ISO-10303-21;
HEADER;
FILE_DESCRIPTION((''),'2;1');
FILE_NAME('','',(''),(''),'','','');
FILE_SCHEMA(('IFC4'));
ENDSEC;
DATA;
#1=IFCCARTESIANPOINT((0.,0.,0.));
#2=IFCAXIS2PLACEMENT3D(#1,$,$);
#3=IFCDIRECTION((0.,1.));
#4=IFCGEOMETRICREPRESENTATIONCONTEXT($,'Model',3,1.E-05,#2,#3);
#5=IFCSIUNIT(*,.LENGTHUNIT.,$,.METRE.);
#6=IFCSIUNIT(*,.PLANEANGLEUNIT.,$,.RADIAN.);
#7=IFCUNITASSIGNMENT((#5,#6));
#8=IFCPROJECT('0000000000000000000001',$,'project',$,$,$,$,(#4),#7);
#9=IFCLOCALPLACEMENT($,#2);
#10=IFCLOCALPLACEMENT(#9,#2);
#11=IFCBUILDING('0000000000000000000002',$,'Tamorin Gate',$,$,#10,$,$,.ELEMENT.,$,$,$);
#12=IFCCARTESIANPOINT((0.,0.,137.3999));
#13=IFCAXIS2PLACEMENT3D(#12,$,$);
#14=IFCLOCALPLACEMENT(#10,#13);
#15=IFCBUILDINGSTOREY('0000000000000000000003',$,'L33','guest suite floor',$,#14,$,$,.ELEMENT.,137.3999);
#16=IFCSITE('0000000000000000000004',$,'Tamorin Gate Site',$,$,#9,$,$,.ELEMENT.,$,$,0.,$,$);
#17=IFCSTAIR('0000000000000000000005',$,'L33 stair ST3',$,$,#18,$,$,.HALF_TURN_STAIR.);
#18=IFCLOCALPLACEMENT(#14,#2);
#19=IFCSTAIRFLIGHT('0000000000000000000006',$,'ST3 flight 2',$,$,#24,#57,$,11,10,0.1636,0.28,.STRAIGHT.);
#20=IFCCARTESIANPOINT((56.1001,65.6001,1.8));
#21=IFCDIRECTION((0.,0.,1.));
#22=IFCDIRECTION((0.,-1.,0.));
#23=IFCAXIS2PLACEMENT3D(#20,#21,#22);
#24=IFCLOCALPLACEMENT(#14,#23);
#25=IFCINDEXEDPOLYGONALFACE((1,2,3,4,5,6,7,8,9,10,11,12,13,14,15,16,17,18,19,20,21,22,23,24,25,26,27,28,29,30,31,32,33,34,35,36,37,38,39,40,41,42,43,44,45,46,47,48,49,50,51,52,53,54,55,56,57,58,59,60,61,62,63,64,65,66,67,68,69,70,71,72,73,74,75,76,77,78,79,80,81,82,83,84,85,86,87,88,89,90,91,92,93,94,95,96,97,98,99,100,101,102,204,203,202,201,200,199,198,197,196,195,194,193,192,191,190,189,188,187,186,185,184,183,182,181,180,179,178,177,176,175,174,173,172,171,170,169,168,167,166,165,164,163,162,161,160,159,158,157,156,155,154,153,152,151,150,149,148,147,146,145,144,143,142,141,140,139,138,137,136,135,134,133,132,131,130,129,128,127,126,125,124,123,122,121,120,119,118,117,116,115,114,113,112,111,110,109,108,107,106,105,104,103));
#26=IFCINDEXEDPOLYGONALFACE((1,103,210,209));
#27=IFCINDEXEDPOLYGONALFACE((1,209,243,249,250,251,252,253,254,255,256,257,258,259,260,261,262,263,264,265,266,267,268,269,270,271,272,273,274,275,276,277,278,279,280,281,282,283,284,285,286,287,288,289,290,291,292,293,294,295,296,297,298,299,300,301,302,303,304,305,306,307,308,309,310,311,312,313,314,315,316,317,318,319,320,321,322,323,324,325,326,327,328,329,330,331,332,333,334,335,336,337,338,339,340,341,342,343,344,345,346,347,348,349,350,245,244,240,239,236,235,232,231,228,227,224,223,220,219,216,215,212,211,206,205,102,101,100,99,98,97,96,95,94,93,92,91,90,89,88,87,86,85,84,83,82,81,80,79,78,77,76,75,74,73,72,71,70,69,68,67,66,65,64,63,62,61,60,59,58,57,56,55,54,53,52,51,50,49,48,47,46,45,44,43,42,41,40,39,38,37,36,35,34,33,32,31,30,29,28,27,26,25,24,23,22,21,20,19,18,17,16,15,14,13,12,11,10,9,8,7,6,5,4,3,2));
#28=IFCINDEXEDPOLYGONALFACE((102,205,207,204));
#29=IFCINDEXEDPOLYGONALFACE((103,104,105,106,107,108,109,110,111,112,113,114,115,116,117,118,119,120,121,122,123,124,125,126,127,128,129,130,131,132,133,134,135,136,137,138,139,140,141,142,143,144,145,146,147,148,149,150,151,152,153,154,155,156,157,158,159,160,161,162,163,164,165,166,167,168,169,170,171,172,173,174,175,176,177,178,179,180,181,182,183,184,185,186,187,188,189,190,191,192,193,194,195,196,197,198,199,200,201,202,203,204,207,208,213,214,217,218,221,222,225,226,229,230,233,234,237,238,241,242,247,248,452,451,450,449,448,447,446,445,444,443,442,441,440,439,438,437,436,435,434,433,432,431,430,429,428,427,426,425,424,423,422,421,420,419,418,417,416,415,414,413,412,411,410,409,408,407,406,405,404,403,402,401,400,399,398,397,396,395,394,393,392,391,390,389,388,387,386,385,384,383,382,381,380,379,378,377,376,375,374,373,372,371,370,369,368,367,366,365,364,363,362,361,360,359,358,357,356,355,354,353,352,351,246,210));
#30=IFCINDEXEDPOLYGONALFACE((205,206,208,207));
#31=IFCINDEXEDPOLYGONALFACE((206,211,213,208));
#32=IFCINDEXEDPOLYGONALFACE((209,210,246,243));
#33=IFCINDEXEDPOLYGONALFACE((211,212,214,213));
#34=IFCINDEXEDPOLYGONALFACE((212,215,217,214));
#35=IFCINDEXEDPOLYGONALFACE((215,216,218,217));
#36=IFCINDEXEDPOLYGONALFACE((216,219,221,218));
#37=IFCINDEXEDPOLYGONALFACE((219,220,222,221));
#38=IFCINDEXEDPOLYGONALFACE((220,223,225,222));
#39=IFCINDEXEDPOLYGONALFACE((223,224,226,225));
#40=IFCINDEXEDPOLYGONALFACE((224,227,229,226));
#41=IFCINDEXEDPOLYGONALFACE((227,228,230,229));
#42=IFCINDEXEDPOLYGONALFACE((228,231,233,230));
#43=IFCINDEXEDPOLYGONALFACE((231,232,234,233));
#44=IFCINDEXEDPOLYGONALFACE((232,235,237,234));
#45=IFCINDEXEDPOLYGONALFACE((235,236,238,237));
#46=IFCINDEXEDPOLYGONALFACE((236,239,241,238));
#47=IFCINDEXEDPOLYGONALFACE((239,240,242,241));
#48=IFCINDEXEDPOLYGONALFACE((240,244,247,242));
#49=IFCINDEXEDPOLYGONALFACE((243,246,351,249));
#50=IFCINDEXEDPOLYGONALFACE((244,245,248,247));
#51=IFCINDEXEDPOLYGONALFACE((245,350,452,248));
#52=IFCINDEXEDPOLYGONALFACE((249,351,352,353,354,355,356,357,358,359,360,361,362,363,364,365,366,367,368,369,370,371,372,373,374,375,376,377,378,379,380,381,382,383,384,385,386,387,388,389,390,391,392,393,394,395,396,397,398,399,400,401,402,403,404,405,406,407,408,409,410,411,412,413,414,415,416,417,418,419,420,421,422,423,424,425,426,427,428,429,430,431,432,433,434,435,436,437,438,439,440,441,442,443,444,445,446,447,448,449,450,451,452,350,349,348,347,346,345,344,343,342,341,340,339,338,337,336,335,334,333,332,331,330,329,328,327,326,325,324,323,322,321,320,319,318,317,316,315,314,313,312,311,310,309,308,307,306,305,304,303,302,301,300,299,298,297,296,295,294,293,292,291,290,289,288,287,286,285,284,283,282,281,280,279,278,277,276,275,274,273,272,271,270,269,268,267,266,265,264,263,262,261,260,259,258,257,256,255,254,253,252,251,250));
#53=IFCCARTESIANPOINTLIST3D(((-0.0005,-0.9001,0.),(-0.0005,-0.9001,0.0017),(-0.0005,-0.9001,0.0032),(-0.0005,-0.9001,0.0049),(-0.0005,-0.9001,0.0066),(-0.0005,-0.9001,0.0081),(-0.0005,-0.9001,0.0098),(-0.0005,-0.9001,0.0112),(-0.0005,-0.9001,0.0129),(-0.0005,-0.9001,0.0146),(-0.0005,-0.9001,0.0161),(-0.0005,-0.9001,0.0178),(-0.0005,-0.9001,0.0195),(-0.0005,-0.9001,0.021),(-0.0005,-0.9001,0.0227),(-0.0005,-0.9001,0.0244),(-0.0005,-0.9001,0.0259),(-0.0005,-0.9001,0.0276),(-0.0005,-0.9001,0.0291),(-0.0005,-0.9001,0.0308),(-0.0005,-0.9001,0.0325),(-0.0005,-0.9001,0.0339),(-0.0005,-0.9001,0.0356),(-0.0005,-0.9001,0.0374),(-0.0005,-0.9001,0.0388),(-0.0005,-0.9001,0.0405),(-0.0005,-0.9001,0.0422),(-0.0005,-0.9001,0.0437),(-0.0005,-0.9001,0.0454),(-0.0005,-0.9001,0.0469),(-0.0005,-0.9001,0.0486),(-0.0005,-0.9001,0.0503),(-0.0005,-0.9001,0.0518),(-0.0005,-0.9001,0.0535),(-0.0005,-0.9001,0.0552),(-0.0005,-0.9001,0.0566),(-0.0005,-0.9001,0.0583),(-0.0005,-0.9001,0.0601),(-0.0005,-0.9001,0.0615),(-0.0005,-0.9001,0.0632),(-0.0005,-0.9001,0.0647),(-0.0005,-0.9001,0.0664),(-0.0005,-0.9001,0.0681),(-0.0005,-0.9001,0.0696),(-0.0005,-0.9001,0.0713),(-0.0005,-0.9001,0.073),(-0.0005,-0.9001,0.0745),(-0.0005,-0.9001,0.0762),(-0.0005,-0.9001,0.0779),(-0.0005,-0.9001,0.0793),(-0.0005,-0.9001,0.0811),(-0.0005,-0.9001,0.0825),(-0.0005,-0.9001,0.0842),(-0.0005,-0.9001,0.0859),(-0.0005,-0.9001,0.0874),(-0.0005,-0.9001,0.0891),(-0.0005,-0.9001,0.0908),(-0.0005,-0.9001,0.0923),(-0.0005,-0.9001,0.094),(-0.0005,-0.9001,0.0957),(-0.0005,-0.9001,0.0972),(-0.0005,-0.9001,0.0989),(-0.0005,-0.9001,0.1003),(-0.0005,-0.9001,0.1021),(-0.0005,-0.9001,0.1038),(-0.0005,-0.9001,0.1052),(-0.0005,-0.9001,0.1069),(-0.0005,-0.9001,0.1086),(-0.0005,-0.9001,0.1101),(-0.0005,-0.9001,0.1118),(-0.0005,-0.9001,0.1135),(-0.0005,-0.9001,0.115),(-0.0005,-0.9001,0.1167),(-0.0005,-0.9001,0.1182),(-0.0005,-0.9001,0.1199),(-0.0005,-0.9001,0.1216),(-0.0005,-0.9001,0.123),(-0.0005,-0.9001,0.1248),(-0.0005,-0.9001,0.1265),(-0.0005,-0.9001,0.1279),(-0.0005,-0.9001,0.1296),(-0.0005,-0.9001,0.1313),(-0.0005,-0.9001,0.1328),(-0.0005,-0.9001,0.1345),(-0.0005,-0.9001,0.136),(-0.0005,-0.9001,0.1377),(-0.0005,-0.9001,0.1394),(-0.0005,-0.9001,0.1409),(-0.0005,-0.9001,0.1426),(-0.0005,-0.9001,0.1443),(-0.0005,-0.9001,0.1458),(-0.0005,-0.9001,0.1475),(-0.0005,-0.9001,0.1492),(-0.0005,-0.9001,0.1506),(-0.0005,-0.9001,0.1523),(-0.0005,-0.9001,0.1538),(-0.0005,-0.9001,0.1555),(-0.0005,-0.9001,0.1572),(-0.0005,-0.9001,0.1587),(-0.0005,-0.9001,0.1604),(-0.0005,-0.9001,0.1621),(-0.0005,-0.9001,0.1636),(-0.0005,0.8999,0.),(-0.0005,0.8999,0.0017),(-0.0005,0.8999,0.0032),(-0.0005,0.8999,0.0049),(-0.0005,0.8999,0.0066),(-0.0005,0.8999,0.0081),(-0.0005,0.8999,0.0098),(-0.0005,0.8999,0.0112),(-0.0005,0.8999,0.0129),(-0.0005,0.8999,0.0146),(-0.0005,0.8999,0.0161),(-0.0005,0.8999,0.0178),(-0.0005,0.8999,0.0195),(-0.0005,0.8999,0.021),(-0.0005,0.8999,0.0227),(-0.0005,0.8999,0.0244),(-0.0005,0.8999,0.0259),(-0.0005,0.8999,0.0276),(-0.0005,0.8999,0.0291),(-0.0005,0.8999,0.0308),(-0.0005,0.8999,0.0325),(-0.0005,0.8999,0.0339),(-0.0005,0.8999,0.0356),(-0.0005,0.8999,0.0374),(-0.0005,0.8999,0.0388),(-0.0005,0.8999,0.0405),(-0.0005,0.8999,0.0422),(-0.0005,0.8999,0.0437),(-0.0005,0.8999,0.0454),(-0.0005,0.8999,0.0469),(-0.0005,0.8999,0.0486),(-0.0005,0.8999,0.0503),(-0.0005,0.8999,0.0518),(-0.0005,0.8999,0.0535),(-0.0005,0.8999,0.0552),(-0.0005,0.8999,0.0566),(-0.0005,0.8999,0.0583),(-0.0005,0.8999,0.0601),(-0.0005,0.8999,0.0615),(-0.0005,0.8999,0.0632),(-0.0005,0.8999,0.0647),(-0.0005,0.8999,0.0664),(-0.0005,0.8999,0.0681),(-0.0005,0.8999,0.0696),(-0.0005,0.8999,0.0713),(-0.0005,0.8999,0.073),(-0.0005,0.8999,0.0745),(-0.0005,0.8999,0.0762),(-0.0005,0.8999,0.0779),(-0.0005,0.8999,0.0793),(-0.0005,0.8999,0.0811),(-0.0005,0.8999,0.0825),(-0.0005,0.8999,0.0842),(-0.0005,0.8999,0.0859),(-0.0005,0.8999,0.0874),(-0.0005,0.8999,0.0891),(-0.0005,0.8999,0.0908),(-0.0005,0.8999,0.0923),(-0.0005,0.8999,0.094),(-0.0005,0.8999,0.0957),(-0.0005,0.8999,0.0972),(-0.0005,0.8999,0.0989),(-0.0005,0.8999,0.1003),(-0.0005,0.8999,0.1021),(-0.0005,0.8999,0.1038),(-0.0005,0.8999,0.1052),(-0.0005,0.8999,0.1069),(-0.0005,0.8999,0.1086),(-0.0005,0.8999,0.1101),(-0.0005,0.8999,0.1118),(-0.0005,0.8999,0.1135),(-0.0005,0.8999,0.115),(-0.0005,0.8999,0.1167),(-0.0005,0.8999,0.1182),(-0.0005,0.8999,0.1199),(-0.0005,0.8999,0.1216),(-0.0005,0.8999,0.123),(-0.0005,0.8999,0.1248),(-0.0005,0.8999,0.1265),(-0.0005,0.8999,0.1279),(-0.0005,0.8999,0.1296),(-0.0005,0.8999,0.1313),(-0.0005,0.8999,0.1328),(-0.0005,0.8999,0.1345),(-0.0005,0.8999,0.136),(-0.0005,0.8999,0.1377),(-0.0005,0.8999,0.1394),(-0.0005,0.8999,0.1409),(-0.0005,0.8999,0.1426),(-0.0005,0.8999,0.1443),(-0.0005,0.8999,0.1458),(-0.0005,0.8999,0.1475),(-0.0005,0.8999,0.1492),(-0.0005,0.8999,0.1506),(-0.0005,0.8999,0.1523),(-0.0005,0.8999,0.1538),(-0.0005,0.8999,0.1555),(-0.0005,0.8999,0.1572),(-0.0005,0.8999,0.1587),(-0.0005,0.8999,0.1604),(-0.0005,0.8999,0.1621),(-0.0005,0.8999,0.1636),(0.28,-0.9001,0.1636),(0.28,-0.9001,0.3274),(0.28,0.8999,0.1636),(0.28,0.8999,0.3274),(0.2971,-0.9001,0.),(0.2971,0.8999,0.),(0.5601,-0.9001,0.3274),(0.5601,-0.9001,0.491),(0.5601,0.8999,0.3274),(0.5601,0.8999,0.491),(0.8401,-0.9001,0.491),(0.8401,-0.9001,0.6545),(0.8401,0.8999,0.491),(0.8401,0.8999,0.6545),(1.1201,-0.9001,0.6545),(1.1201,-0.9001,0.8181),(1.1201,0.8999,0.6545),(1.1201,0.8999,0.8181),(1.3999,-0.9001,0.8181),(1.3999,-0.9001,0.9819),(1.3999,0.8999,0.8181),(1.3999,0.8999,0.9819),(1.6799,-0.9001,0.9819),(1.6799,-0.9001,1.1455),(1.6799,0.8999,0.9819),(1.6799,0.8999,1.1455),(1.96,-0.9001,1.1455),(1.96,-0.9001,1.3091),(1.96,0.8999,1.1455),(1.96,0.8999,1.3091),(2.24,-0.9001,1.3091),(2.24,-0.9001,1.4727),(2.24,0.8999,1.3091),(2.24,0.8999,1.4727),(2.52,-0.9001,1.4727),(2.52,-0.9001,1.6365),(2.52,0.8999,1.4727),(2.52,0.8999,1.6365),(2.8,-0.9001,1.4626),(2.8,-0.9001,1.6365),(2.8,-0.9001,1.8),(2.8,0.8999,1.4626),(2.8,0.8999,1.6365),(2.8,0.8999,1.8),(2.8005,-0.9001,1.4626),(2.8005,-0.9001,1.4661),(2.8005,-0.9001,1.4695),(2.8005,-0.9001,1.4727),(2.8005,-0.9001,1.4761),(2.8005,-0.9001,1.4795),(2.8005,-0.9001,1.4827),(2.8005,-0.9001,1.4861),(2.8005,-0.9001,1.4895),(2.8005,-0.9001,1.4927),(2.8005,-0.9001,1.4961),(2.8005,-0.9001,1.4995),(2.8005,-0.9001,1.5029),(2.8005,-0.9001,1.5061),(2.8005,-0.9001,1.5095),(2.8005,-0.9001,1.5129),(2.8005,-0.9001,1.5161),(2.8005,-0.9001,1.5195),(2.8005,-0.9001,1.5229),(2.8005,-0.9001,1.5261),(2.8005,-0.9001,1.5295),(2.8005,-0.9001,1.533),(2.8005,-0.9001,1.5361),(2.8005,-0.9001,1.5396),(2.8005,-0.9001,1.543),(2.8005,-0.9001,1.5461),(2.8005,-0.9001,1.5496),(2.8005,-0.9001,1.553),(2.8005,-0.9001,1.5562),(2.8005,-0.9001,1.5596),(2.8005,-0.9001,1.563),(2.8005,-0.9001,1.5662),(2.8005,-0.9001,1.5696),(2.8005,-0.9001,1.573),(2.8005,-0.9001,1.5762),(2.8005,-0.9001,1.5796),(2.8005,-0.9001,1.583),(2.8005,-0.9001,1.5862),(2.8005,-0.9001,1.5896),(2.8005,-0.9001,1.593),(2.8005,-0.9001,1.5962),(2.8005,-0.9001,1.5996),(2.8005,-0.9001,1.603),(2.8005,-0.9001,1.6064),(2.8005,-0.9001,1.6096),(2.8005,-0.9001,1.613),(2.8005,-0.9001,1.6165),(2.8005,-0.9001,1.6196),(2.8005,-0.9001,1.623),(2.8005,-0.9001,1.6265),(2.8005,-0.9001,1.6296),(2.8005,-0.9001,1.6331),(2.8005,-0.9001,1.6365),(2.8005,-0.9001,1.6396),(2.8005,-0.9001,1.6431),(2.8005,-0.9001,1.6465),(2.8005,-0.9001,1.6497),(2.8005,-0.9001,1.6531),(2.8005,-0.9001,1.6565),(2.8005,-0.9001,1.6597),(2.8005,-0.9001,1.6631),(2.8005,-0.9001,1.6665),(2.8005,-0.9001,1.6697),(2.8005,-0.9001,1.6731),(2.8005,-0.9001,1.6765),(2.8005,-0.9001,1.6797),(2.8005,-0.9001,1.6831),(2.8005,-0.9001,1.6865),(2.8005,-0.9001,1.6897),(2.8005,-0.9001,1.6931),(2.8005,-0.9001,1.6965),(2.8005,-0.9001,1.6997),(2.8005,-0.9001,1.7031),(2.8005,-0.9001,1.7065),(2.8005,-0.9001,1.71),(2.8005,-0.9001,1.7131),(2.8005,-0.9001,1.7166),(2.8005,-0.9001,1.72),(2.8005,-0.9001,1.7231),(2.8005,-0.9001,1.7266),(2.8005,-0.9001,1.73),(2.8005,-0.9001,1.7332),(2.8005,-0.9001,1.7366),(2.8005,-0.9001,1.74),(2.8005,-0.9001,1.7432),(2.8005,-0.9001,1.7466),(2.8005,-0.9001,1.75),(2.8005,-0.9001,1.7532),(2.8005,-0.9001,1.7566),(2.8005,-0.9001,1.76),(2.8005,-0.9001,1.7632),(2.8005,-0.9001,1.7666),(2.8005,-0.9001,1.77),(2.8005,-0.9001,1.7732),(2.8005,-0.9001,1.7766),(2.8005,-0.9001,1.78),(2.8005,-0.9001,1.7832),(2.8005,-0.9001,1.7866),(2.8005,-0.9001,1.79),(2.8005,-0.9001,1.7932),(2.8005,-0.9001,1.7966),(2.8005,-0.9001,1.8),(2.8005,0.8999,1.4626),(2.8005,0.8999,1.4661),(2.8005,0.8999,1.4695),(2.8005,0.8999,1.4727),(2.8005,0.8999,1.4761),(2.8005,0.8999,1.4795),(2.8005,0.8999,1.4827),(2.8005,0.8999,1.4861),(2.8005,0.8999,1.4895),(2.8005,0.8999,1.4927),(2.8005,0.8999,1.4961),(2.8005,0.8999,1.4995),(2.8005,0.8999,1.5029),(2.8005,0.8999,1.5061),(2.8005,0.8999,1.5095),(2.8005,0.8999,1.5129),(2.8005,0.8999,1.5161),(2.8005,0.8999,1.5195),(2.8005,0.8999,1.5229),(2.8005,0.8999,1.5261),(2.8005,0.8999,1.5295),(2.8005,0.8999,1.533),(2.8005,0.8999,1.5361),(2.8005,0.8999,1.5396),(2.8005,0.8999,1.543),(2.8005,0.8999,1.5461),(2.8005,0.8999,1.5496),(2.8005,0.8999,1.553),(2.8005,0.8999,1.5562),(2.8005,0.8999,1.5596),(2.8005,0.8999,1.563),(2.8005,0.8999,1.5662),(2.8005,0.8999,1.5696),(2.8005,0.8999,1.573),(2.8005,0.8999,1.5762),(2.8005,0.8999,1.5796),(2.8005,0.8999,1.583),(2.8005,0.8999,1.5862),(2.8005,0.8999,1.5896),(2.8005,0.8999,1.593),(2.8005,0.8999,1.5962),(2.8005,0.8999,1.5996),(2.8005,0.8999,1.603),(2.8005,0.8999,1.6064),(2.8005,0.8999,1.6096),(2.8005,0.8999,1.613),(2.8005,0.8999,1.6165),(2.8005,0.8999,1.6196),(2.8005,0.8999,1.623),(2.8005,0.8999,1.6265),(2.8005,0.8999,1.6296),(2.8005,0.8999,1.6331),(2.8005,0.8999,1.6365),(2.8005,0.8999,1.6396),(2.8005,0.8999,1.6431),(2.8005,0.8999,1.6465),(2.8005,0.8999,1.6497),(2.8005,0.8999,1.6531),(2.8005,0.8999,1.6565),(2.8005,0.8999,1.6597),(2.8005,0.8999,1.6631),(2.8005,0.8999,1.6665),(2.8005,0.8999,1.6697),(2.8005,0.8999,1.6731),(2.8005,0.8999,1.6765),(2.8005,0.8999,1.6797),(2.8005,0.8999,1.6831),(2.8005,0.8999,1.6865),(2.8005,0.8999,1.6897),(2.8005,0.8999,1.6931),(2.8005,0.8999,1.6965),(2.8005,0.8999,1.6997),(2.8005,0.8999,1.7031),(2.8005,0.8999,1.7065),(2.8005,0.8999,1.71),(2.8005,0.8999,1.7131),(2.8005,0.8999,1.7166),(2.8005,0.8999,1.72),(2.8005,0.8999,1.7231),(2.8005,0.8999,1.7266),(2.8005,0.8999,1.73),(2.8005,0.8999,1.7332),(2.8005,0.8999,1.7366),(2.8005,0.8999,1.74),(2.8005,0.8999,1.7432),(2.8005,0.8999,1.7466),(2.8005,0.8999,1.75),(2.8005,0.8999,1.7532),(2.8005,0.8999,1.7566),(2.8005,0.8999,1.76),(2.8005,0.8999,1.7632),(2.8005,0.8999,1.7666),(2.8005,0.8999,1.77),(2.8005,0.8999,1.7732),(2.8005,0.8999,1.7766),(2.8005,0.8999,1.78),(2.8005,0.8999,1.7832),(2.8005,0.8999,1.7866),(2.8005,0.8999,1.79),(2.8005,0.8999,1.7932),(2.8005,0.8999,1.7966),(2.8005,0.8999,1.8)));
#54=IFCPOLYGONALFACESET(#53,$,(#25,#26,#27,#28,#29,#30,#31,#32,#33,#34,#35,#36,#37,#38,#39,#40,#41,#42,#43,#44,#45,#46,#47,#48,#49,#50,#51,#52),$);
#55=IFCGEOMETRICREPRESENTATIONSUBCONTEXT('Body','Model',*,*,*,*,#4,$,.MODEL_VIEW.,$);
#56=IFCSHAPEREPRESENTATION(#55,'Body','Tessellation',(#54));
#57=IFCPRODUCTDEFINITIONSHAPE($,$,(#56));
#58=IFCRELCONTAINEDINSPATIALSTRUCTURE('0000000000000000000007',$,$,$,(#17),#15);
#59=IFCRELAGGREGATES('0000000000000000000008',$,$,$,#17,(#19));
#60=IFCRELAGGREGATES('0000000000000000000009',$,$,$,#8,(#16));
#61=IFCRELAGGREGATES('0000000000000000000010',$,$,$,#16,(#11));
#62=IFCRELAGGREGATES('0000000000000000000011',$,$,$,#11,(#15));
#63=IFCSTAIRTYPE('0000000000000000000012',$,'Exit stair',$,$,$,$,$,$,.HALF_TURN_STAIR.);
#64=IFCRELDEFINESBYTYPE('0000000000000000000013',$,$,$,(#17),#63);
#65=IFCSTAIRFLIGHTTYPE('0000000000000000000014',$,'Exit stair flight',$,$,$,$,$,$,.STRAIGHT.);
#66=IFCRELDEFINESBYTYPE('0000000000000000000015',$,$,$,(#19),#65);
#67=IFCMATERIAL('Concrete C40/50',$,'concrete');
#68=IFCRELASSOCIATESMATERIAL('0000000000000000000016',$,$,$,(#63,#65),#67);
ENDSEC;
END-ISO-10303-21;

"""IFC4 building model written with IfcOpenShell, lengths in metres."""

from ifc_helpers import new_model, si_unit, direction, frame, origin, place, context, subcontext, project, spatial, polyline, outline, extrude, material, type_object, element, aggregate, save


model = new_model("IFC4")

# Units and contexts
model_context = context("Model", 3, precision=1e-05, world=origin(), true_north=direction((0.0, 1.0)))
body_context = subcontext(model_context, "Body", "Model", "MODEL_VIEW")
ifc_project = project(units=[si_unit("LENGTHUNIT", "METRE"), si_unit("PLANEANGLEUNIT", "RADIAN")], contexts=[model_context])

# Site, building, storey
site_placement = place(None, origin())
site = spatial("IfcSite", under=ifc_project, at=site_placement, Name="Tamorin Gate Site", CompositionType="ELEMENT", RefElevation=0.0)
building_placement = place(site_placement, origin())
building = spatial("IfcBuilding", under=site, at=building_placement, Name="Tamorin Gate", CompositionType="ELEMENT")
storey_placement = place(building_placement, frame((0.0, 0.0, 137.3999)))
storey = spatial("IfcBuildingStorey", under=building, at=storey_placement, Name="L33", Description="guest suite floor", CompositionType="ELEMENT", Elevation=137.3999)

# Shared definitions
ifc_material_1 = material(Name="Concrete C40/50", Category="concrete")

# Stair, stair flight
stair_type = type_object("IfcStairType", Name="Exit stair", PredefinedType="HALF_TURN_STAIR", material=ifc_material_1)
stair_placement = place(storey_placement, origin())
stair = element("IfcStair", 1, at=stair_placement, inside=storey, type_object=stair_type, Name="L33 stair ST3", PredefinedType="HALF_TURN_STAIR")
stair_flight_type = type_object("IfcStairFlightType", Name="Exit stair flight", PredefinedType="STRAIGHT", material=ifc_material_1)
stair_flight_placement = place(storey_placement, frame((56.1001, 65.6001, 1.8), z_axis=(0.0, 0.0, 1.0), x_axis=(0.0, -1.0, 0.0)))
stair_flight = element("IfcStairFlight", 2, at=stair_flight_placement, type_object=stair_flight_type, Name="ST3 flight 2", NumberOfRisers=11, NumberOfTreads=10, PredefinedType="STRAIGHT", RiserHeight=0.1636, TreadLength=0.28, context=body_context, shape_type="SweptSolid", body=[
    extrude(outline(polyline([(-0.0005, 0.0), (-0.0005, 0.0017), (-0.0005, 0.0032), (-0.0005, 0.0049), (-0.0005, 0.0066), (-0.0005, 0.0081), (-0.0005, 0.0098), (-0.0005, 0.0112), (-0.0005, 0.0129), (-0.0005, 0.0146), (-0.0005, 0.0161), (-0.0005, 0.0178), (-0.0005, 0.0195), (-0.0005, 0.021), (-0.0005, 0.0227), (-0.0005, 0.0244), (-0.0005, 0.0259), (-0.0005, 0.0276), (-0.0005, 0.0291), (-0.0005, 0.0308), (-0.0005, 0.0325), (-0.0005, 0.0339), (-0.0005, 0.0356), (-0.0005, 0.0374), (-0.0005, 0.0388), (-0.0005, 0.0405), (-0.0005, 0.0422), (-0.0005, 0.0437), (-0.0005, 0.0454), (-0.0005, 0.0469), (-0.0005, 0.0486), (-0.0005, 0.0503), (-0.0005, 0.0518), (-0.0005, 0.0535), (-0.0005, 0.0552), (-0.0005, 0.0566), (-0.0005, 0.0583), (-0.0005, 0.0601), (-0.0005, 0.0615), (-0.0005, 0.0632), (-0.0005, 0.0647), (-0.0005, 0.0664), (-0.0005, 0.0681), (-0.0005, 0.0696), (-0.0005, 0.0713), (-0.0005, 0.073), (-0.0005, 0.0745), (-0.0005, 0.0762), (-0.0005, 0.0779), (-0.0005, 0.0793), (-0.0005, 0.0811), (-0.0005, 0.0825), (-0.0005, 0.0842), (-0.0005, 0.0859), (-0.0005, 0.0874), (-0.0005, 0.0891), (-0.0005, 0.0908), (-0.0005, 0.0923), (-0.0005, 0.094), (-0.0005, 0.0957), (-0.0005, 0.0972), (-0.0005, 0.0989), (-0.0005, 0.1003), (-0.0005, 0.1021), (-0.0005, 0.1038), (-0.0005, 0.1052), (-0.0005, 0.1069), (-0.0005, 0.1086), (-0.0005, 0.1101), (-0.0005, 0.1118), (-0.0005, 0.1135), (-0.0005, 0.115), (-0.0005, 0.1167), (-0.0005, 0.1182), (-0.0005, 0.1199), (-0.0005, 0.1216), (-0.0005, 0.123), (-0.0005, 0.1248), (-0.0005, 0.1265), (-0.0005, 0.1279), (-0.0005, 0.1296), (-0.0005, 0.1313), (-0.0005, 0.1328), (-0.0005, 0.1345), (-0.0005, 0.136), (-0.0005, 0.1377), (-0.0005, 0.1394), (-0.0005, 0.1409), (-0.0005, 0.1426), (-0.0005, 0.1443), (-0.0005, 0.1458), (-0.0005, 0.1475), (-0.0005, 0.1492), (-0.0005, 0.1506), (-0.0005, 0.1523), (-0.0005, 0.1538), (-0.0005, 0.1555), (-0.0005, 0.1572), (-0.0005, 0.1587), (-0.0005, 0.1604), (-0.0005, 0.1621), (-0.0005, 0.1636), (0.28, 0.1636), (0.28, 0.3274), (0.5601, 0.3274), (0.5601, 0.491), (0.8401, 0.491), (0.8401, 0.6545), (1.1201, 0.6545), (1.1201, 0.8181), (1.3999, 0.8181), (1.3999, 0.9819), (1.6799, 0.9819), (1.6799, 1.1455), (1.96, 1.1455), (1.96, 1.3091), (2.24, 1.3091), (2.24, 1.4727), (2.52, 1.4727), (2.52, 1.6365), (2.8, 1.6365), (2.8, 1.8), (2.8005, 1.8), (2.8005, 1.7966), (2.8005, 1.7932), (2.8005, 1.79), (2.8005, 1.7866), (2.8005, 1.7832), (2.8005, 1.78), (2.8005, 1.7766), (2.8005, 1.7732), (2.8005, 1.77), (2.8005, 1.7666), (2.8005, 1.7632), (2.8005, 1.76), (2.8005, 1.7566), (2.8005, 1.7532), (2.8005, 1.75), (2.8005, 1.7466), (2.8005, 1.7432), (2.8005, 1.74), (2.8005, 1.7366), (2.8005, 1.7332), (2.8005, 1.73), (2.8005, 1.7266), (2.8005, 1.7231), (2.8005, 1.72), (2.8005, 1.7166), (2.8005, 1.7131), (2.8005, 1.71), (2.8005, 1.7065), (2.8005, 1.7031), (2.8005, 1.6997), (2.8005, 1.6965), (2.8005, 1.6931), (2.8005, 1.6897), (2.8005, 1.6865), (2.8005, 1.6831), (2.8005, 1.6797), (2.8005, 1.6765), (2.8005, 1.6731), (2.8005, 1.6697), (2.8005, 1.6665), (2.8005, 1.6631), (2.8005, 1.6597), (2.8005, 1.6565), (2.8005, 1.6531), (2.8005, 1.6497), (2.8005, 1.6465), (2.8005, 1.6431), (2.8005, 1.6396), (2.8005, 1.6365), (2.8005, 1.6331), (2.8005, 1.6296), (2.8005, 1.6265), (2.8005, 1.623), (2.8005, 1.6196), (2.8005, 1.6165), (2.8005, 1.613), (2.8005, 1.6096), (2.8005, 1.6064), (2.8005, 1.603), (2.8005, 1.5996), (2.8005, 1.5962), (2.8005, 1.593), (2.8005, 1.5896), (2.8005, 1.5862), (2.8005, 1.583), (2.8005, 1.5796), (2.8005, 1.5762), (2.8005, 1.573), (2.8005, 1.5696), (2.8005, 1.5662), (2.8005, 1.563), (2.8005, 1.5596), (2.8005, 1.5562), (2.8005, 1.553), (2.8005, 1.5496), (2.8005, 1.5461), (2.8005, 1.543), (2.8005, 1.5396), (2.8005, 1.5361), (2.8005, 1.533), (2.8005, 1.5295), (2.8005, 1.5261), (2.8005, 1.5229), (2.8005, 1.5195), (2.8005, 1.5161), (2.8005, 1.5129), (2.8005, 1.5095), (2.8005, 1.5061), (2.8005, 1.5029), (2.8005, 1.4995), (2.8005, 1.4961), (2.8005, 1.4927), (2.8005, 1.4895), (2.8005, 1.4861), (2.8005, 1.4827), (2.8005, 1.4795), (2.8005, 1.4761), (2.8005, 1.4727), (2.8005, 1.4695), (2.8005, 1.4661), (2.8005, 1.4626), (2.8, 1.4626), (0.2971, 0.0), (-0.0005, 0.0)])), frame((0.0, 0.8999, 0.0), z_axis=(0.0, -1.0, 0.0), x_axis=(1.0, 0.0, 0.0)), (0.0, 0.0, 1.0), 1.8),
])
aggregate(stair, [stair_flight])

save(model, "model.ifc")
